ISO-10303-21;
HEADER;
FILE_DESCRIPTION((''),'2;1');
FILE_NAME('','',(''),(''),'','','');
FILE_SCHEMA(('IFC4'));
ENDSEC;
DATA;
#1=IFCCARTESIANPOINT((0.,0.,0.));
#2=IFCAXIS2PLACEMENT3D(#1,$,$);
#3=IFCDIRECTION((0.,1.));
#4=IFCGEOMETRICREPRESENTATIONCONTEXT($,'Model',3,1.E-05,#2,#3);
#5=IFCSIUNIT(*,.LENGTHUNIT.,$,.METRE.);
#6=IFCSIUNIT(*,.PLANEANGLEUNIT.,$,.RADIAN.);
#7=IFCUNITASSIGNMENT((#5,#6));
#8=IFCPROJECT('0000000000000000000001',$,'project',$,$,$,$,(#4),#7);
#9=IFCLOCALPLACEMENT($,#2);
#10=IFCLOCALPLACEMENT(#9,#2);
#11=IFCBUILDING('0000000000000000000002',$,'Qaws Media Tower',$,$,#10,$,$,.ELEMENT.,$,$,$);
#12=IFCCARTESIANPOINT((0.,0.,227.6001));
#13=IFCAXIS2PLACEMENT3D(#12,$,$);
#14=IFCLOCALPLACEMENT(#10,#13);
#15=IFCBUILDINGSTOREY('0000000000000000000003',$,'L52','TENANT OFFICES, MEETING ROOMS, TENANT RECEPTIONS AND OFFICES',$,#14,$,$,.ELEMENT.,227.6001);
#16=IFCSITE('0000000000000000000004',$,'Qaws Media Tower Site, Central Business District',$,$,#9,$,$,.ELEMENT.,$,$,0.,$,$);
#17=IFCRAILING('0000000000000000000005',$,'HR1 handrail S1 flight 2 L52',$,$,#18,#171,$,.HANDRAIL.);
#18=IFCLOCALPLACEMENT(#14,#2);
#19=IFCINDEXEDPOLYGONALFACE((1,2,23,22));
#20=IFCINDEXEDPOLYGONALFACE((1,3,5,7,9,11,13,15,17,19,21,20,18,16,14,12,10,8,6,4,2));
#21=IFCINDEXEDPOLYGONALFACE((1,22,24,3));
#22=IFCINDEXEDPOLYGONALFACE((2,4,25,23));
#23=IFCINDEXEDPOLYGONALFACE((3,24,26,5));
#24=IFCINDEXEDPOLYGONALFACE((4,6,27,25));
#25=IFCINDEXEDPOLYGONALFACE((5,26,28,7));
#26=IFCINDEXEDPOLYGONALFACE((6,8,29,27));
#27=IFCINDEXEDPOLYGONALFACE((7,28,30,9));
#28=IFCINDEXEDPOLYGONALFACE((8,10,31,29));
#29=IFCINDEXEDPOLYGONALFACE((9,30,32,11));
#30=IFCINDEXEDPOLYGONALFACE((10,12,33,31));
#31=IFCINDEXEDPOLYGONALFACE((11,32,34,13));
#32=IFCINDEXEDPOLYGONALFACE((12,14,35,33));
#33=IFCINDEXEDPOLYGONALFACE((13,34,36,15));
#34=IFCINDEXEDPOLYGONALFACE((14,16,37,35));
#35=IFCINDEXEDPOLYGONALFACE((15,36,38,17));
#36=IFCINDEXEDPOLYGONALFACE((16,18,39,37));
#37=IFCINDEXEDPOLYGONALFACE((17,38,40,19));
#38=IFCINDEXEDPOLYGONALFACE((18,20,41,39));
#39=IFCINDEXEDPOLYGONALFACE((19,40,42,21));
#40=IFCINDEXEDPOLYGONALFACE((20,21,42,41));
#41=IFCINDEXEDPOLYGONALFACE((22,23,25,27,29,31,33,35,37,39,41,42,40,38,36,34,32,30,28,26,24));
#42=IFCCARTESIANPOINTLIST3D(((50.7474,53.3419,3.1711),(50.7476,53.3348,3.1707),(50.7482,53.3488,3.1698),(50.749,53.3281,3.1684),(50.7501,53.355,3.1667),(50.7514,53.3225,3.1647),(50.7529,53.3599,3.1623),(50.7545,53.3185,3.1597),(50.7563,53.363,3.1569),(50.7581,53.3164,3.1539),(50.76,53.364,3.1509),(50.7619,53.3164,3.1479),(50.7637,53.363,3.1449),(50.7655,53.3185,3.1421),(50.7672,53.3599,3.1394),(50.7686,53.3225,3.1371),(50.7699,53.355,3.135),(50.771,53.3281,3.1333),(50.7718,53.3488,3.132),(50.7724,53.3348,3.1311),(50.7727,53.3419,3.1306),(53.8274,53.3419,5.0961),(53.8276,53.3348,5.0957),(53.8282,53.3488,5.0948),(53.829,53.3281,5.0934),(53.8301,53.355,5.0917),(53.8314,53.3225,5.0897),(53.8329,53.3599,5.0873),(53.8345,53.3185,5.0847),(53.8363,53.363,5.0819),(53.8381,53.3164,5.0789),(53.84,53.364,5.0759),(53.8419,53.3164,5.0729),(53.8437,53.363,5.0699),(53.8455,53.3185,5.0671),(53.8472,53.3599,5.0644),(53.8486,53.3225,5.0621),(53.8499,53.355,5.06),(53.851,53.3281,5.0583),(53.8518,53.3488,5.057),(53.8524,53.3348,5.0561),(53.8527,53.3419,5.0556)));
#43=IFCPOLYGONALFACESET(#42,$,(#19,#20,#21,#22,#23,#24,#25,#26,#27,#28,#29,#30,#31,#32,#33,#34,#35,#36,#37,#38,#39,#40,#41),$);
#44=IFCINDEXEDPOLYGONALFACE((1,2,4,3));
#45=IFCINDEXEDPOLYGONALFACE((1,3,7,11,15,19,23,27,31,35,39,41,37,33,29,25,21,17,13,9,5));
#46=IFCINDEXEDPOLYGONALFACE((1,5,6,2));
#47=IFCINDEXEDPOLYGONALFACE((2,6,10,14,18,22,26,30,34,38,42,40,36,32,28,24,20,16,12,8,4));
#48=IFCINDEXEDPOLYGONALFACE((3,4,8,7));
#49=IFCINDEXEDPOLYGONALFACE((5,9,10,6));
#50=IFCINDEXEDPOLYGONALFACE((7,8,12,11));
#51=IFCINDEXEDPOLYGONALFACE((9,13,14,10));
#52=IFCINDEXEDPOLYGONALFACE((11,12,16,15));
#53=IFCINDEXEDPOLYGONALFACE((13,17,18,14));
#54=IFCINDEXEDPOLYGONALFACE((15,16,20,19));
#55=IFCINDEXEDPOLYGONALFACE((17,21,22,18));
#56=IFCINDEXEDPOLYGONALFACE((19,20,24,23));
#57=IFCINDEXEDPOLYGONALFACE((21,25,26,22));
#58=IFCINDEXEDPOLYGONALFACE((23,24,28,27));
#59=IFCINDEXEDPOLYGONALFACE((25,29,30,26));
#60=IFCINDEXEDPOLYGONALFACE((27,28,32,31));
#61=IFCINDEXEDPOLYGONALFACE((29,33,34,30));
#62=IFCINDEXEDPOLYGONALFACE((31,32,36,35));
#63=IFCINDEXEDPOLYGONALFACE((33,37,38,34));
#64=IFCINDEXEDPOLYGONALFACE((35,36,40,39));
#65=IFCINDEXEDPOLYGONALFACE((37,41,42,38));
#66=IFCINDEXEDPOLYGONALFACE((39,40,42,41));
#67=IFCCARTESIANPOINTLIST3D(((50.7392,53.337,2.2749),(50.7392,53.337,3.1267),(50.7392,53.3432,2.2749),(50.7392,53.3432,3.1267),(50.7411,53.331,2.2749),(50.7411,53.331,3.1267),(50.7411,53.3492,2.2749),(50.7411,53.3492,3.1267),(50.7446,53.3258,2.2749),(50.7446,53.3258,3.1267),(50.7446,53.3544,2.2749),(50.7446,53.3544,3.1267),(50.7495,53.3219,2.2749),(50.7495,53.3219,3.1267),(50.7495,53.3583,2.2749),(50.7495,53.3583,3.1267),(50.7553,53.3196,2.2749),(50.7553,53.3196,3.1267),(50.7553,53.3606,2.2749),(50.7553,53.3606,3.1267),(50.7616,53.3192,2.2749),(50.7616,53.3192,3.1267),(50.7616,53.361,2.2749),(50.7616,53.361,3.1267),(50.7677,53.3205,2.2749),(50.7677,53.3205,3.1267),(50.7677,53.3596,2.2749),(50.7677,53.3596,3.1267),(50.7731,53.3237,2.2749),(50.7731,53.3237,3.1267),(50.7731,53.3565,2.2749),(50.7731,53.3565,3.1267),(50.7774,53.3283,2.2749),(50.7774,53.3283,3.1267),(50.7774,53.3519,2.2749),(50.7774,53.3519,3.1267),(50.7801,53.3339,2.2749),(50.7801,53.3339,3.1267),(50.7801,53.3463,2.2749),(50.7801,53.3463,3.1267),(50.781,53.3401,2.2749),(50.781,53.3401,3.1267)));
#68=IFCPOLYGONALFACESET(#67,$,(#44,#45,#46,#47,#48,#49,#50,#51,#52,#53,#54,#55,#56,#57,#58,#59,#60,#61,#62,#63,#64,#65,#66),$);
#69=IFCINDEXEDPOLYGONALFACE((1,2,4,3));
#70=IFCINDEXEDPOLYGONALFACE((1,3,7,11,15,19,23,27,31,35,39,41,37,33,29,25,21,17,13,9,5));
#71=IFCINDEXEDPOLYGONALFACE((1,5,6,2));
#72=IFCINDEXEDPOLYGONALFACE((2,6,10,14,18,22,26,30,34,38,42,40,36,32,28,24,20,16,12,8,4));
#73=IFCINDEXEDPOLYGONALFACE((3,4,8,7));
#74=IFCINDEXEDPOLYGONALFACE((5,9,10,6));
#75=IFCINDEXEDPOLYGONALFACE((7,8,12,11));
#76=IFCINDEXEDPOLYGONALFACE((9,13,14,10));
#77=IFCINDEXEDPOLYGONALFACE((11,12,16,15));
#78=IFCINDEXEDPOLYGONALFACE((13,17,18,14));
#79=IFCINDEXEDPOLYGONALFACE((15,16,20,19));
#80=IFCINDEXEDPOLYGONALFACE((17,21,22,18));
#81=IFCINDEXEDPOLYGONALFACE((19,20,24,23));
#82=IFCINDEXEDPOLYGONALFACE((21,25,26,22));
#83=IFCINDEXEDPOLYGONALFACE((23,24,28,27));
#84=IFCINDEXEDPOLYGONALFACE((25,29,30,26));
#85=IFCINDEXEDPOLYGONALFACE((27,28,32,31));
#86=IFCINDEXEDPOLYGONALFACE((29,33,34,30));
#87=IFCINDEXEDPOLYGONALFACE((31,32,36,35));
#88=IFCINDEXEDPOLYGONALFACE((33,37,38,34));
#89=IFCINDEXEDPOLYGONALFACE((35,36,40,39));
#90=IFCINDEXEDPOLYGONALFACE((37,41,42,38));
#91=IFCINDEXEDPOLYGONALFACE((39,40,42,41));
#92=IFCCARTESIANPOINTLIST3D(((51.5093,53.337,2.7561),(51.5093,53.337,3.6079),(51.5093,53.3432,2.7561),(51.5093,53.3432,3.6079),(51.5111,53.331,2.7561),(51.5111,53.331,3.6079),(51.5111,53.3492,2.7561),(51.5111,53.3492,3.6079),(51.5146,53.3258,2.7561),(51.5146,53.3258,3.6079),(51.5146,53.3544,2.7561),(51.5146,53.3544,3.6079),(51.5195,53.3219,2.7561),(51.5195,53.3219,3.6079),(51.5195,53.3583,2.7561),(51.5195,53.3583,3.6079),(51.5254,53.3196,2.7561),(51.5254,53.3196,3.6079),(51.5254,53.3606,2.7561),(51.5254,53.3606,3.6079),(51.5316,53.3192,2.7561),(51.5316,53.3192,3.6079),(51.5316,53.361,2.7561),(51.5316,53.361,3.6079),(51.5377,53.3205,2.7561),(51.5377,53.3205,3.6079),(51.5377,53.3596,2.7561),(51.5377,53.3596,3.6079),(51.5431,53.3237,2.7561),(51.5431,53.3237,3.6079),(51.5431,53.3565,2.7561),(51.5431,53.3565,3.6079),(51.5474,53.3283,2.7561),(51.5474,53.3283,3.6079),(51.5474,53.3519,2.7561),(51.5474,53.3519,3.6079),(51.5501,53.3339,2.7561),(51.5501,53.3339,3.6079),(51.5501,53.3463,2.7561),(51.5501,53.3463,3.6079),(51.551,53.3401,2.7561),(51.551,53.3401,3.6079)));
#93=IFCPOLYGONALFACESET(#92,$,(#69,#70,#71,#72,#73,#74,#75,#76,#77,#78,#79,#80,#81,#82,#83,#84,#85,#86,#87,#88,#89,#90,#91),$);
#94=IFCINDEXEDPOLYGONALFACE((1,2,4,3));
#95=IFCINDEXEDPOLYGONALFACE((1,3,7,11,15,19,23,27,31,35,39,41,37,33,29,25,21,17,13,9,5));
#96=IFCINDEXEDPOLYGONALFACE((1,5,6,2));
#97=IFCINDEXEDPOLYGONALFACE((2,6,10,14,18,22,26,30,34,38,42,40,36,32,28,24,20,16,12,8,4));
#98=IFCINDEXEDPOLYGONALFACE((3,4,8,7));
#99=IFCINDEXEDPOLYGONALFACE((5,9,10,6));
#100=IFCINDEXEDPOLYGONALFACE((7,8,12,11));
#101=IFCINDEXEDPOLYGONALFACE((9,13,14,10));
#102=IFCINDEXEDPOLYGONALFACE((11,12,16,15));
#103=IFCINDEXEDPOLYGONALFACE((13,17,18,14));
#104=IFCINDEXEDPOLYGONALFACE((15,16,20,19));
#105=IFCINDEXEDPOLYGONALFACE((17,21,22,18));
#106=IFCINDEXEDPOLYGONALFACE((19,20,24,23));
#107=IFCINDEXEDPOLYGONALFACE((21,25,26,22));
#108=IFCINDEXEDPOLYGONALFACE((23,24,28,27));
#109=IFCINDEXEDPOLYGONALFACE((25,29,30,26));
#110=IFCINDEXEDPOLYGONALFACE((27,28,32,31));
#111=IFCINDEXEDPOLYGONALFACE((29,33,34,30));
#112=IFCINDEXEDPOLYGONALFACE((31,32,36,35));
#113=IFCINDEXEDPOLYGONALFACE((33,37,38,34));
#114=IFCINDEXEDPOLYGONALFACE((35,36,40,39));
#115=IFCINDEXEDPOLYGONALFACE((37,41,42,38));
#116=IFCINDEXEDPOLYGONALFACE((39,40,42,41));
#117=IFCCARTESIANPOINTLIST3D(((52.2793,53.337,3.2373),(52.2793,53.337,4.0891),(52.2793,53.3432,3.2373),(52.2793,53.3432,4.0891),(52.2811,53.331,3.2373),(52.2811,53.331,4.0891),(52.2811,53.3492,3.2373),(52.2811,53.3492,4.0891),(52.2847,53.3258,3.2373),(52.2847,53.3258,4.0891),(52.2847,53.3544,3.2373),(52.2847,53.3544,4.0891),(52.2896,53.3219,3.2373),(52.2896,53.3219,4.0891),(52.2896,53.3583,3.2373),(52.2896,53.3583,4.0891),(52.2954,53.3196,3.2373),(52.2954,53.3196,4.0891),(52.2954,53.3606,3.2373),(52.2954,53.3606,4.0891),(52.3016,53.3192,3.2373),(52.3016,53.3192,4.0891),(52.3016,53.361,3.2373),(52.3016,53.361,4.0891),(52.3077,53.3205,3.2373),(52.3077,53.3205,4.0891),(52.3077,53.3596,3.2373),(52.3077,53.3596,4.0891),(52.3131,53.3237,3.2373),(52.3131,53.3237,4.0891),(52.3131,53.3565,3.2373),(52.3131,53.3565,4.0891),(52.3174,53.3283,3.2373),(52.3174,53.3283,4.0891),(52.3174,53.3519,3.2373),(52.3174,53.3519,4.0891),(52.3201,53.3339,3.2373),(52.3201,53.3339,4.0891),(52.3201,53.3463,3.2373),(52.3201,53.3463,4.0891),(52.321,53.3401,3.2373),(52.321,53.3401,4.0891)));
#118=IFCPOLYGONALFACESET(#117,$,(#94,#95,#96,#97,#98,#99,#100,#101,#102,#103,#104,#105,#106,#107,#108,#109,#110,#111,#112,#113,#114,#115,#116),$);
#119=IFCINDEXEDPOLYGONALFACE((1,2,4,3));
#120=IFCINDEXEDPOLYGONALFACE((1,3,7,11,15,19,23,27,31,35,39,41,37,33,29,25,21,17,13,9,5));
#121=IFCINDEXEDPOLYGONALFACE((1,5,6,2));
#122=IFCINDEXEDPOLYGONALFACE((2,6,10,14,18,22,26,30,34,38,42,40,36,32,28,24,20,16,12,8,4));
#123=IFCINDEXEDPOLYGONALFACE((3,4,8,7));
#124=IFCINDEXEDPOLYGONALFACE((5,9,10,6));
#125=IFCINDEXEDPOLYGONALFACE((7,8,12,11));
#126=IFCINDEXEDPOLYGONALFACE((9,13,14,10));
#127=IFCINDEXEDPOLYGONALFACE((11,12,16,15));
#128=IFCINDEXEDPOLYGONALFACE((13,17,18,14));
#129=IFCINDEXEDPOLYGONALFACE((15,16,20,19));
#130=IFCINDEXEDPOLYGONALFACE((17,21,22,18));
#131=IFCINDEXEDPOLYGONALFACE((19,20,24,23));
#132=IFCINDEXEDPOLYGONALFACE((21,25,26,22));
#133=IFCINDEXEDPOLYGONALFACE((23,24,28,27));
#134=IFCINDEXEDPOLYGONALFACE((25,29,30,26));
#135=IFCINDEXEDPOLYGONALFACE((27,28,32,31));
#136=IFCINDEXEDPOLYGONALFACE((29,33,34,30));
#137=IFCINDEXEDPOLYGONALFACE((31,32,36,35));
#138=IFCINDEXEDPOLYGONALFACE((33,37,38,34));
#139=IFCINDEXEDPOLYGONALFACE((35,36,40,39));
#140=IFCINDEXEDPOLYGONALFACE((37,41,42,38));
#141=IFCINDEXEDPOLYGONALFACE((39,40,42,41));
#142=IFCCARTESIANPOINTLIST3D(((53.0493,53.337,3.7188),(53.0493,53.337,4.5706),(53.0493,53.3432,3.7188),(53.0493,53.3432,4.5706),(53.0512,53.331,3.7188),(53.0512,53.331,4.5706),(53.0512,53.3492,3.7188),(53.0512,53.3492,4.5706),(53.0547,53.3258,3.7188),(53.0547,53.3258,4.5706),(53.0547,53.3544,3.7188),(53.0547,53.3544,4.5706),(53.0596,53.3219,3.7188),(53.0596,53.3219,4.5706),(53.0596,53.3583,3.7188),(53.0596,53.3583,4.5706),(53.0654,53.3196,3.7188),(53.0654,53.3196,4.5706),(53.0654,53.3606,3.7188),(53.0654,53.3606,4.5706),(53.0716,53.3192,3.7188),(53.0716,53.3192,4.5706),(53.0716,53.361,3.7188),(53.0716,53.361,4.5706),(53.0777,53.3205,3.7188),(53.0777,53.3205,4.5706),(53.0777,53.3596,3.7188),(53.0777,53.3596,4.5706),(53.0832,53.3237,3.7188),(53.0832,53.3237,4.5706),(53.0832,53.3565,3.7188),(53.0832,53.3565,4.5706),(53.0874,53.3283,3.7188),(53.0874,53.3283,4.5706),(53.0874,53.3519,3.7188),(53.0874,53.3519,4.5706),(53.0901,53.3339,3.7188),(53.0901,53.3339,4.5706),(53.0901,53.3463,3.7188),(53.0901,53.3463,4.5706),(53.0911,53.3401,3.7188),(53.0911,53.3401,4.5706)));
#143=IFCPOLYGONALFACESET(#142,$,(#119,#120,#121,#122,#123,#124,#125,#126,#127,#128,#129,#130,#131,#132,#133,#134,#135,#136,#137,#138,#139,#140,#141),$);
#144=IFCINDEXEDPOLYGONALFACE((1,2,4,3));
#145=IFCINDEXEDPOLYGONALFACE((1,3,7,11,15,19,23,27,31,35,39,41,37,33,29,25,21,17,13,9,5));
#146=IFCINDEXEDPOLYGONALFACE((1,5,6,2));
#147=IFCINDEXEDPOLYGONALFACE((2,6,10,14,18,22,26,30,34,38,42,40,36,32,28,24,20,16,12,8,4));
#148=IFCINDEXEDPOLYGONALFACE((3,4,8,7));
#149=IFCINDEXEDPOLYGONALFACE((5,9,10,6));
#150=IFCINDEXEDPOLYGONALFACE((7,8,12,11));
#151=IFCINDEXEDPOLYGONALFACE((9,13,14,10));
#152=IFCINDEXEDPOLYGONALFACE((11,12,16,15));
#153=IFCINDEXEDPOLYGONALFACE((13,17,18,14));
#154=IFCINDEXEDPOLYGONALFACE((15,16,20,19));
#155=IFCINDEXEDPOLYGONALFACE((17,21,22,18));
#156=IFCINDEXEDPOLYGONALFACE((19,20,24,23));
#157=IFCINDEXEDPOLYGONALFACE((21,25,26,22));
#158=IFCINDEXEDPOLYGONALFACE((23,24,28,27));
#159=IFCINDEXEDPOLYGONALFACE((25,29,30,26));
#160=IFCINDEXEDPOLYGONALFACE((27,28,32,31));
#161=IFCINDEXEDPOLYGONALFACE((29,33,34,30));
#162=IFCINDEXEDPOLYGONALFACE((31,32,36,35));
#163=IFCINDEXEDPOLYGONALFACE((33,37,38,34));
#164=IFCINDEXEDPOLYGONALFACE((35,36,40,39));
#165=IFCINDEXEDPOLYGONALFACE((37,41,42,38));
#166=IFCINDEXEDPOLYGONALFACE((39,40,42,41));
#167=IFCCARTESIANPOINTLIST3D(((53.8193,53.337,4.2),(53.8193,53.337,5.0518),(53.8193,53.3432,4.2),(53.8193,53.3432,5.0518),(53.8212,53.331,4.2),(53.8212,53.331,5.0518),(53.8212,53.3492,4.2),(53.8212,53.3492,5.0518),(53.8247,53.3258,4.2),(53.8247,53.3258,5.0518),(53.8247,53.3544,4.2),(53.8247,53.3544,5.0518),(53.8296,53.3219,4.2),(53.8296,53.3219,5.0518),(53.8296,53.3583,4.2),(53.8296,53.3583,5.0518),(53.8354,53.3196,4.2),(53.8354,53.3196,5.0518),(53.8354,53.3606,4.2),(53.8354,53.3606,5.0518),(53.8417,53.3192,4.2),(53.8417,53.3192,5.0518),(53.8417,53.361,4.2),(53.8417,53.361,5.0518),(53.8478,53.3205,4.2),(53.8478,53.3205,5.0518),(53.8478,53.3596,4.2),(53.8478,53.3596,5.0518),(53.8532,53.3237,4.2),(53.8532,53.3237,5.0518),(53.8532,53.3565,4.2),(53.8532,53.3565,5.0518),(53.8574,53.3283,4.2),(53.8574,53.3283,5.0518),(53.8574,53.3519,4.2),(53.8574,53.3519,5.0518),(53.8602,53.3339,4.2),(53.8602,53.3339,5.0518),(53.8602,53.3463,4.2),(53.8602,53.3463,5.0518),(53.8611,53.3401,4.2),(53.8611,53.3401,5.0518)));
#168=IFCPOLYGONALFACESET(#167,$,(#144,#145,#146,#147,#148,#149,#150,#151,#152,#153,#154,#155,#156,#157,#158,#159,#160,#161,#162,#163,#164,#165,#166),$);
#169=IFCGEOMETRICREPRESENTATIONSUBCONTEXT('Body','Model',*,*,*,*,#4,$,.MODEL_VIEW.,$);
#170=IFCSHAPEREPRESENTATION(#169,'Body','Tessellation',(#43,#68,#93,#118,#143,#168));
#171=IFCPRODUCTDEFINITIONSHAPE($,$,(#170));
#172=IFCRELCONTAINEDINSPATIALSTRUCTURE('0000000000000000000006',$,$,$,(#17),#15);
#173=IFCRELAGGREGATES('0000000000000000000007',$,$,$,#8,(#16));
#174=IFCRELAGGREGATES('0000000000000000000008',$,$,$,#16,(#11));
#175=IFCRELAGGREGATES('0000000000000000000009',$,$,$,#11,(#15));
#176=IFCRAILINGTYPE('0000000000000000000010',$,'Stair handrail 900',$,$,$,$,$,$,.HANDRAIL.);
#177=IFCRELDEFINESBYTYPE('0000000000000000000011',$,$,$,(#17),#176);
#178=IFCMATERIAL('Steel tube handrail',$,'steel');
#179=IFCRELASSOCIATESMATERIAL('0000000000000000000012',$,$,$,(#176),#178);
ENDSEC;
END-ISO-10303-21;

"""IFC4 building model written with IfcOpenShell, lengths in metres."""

from ifc_helpers import new_model, si_unit, direction, frame, origin, origin_2d, place, context, subcontext, project, spatial, circle, extrude, material, type_object, element, save


model = new_model("IFC4")

# Units and contexts
model_context = context("Model", 3, precision=1e-05, world=origin(), true_north=direction((0.0, 1.0)))
body_context = subcontext(model_context, "Body", "Model", "MODEL_VIEW")
ifc_project = project(units=[si_unit("LENGTHUNIT", "METRE"), si_unit("PLANEANGLEUNIT", "RADIAN")], contexts=[model_context])

# Site, building, storey
site_placement = place(None, origin())
site = spatial("IfcSite", under=ifc_project, at=site_placement, Name="Qaws Media Tower Site, Central Business District", CompositionType="ELEMENT", RefElevation=0.0)
building_placement = place(site_placement, origin())
building = spatial("IfcBuilding", under=site, at=building_placement, Name="Qaws Media Tower", CompositionType="ELEMENT")
storey_placement = place(building_placement, frame((0.0, 0.0, 227.6001)))
storey = spatial("IfcBuildingStorey", under=building, at=storey_placement, Name="L52", Description="TENANT OFFICES, MEETING ROOMS, TENANT RECEPTIONS AND OFFICES", CompositionType="ELEMENT", Elevation=227.6001)

# Railing
ifc_material_1 = material(Name="Steel tube handrail", Category="steel")
railing_type = type_object("IfcRailingType", Name="Stair handrail 900", PredefinedType="HANDRAIL", material=ifc_material_1)
for number, where, name in (
    (1, (50.76, 53.3401, 2.2749), "HR1 handrail S1 flight 2 L52"),
):
    element("IfcRailing", number, at=place(storey_placement, frame(where)), inside=storey, type_object=railing_type, Name=name, PredefinedType="HANDRAIL", context=body_context, shape_type="SweptSolid", body=[
        extrude(circle(Radius=0.0239, at=origin_2d()), frame((0.0, 0.0, 0.876), z_axis=(0.847998, 0.0, 0.529999), x_axis=(0.0, 1.0, 0.0)), (0.0, 0.0, 1.0), 3.6321),
        extrude(circle(Radius=0.021, at=origin_2d()), origin(), (0.0, 0.0, 1.0), 0.8518),
        extrude(circle(Radius=0.021, at=origin_2d()), frame((0.77, 0.0, 0.4812)), (0.0, 0.0, 1.0), 0.8518),
        extrude(circle(Radius=0.021, at=origin_2d()), frame((1.54, 0.0, 0.9624)), (0.0, 0.0, 1.0), 0.8518),
        extrude(circle(Radius=0.021, at=origin_2d()), frame((2.3101, 0.0, 1.4438)), (0.0, 0.0, 1.0), 0.8518),
        extrude(circle(Radius=0.021, at=origin_2d()), frame((3.0801, 0.0, 1.925)), (0.0, 0.0, 1.0), 0.8518),
    ])

save(model, "model.ifc")
